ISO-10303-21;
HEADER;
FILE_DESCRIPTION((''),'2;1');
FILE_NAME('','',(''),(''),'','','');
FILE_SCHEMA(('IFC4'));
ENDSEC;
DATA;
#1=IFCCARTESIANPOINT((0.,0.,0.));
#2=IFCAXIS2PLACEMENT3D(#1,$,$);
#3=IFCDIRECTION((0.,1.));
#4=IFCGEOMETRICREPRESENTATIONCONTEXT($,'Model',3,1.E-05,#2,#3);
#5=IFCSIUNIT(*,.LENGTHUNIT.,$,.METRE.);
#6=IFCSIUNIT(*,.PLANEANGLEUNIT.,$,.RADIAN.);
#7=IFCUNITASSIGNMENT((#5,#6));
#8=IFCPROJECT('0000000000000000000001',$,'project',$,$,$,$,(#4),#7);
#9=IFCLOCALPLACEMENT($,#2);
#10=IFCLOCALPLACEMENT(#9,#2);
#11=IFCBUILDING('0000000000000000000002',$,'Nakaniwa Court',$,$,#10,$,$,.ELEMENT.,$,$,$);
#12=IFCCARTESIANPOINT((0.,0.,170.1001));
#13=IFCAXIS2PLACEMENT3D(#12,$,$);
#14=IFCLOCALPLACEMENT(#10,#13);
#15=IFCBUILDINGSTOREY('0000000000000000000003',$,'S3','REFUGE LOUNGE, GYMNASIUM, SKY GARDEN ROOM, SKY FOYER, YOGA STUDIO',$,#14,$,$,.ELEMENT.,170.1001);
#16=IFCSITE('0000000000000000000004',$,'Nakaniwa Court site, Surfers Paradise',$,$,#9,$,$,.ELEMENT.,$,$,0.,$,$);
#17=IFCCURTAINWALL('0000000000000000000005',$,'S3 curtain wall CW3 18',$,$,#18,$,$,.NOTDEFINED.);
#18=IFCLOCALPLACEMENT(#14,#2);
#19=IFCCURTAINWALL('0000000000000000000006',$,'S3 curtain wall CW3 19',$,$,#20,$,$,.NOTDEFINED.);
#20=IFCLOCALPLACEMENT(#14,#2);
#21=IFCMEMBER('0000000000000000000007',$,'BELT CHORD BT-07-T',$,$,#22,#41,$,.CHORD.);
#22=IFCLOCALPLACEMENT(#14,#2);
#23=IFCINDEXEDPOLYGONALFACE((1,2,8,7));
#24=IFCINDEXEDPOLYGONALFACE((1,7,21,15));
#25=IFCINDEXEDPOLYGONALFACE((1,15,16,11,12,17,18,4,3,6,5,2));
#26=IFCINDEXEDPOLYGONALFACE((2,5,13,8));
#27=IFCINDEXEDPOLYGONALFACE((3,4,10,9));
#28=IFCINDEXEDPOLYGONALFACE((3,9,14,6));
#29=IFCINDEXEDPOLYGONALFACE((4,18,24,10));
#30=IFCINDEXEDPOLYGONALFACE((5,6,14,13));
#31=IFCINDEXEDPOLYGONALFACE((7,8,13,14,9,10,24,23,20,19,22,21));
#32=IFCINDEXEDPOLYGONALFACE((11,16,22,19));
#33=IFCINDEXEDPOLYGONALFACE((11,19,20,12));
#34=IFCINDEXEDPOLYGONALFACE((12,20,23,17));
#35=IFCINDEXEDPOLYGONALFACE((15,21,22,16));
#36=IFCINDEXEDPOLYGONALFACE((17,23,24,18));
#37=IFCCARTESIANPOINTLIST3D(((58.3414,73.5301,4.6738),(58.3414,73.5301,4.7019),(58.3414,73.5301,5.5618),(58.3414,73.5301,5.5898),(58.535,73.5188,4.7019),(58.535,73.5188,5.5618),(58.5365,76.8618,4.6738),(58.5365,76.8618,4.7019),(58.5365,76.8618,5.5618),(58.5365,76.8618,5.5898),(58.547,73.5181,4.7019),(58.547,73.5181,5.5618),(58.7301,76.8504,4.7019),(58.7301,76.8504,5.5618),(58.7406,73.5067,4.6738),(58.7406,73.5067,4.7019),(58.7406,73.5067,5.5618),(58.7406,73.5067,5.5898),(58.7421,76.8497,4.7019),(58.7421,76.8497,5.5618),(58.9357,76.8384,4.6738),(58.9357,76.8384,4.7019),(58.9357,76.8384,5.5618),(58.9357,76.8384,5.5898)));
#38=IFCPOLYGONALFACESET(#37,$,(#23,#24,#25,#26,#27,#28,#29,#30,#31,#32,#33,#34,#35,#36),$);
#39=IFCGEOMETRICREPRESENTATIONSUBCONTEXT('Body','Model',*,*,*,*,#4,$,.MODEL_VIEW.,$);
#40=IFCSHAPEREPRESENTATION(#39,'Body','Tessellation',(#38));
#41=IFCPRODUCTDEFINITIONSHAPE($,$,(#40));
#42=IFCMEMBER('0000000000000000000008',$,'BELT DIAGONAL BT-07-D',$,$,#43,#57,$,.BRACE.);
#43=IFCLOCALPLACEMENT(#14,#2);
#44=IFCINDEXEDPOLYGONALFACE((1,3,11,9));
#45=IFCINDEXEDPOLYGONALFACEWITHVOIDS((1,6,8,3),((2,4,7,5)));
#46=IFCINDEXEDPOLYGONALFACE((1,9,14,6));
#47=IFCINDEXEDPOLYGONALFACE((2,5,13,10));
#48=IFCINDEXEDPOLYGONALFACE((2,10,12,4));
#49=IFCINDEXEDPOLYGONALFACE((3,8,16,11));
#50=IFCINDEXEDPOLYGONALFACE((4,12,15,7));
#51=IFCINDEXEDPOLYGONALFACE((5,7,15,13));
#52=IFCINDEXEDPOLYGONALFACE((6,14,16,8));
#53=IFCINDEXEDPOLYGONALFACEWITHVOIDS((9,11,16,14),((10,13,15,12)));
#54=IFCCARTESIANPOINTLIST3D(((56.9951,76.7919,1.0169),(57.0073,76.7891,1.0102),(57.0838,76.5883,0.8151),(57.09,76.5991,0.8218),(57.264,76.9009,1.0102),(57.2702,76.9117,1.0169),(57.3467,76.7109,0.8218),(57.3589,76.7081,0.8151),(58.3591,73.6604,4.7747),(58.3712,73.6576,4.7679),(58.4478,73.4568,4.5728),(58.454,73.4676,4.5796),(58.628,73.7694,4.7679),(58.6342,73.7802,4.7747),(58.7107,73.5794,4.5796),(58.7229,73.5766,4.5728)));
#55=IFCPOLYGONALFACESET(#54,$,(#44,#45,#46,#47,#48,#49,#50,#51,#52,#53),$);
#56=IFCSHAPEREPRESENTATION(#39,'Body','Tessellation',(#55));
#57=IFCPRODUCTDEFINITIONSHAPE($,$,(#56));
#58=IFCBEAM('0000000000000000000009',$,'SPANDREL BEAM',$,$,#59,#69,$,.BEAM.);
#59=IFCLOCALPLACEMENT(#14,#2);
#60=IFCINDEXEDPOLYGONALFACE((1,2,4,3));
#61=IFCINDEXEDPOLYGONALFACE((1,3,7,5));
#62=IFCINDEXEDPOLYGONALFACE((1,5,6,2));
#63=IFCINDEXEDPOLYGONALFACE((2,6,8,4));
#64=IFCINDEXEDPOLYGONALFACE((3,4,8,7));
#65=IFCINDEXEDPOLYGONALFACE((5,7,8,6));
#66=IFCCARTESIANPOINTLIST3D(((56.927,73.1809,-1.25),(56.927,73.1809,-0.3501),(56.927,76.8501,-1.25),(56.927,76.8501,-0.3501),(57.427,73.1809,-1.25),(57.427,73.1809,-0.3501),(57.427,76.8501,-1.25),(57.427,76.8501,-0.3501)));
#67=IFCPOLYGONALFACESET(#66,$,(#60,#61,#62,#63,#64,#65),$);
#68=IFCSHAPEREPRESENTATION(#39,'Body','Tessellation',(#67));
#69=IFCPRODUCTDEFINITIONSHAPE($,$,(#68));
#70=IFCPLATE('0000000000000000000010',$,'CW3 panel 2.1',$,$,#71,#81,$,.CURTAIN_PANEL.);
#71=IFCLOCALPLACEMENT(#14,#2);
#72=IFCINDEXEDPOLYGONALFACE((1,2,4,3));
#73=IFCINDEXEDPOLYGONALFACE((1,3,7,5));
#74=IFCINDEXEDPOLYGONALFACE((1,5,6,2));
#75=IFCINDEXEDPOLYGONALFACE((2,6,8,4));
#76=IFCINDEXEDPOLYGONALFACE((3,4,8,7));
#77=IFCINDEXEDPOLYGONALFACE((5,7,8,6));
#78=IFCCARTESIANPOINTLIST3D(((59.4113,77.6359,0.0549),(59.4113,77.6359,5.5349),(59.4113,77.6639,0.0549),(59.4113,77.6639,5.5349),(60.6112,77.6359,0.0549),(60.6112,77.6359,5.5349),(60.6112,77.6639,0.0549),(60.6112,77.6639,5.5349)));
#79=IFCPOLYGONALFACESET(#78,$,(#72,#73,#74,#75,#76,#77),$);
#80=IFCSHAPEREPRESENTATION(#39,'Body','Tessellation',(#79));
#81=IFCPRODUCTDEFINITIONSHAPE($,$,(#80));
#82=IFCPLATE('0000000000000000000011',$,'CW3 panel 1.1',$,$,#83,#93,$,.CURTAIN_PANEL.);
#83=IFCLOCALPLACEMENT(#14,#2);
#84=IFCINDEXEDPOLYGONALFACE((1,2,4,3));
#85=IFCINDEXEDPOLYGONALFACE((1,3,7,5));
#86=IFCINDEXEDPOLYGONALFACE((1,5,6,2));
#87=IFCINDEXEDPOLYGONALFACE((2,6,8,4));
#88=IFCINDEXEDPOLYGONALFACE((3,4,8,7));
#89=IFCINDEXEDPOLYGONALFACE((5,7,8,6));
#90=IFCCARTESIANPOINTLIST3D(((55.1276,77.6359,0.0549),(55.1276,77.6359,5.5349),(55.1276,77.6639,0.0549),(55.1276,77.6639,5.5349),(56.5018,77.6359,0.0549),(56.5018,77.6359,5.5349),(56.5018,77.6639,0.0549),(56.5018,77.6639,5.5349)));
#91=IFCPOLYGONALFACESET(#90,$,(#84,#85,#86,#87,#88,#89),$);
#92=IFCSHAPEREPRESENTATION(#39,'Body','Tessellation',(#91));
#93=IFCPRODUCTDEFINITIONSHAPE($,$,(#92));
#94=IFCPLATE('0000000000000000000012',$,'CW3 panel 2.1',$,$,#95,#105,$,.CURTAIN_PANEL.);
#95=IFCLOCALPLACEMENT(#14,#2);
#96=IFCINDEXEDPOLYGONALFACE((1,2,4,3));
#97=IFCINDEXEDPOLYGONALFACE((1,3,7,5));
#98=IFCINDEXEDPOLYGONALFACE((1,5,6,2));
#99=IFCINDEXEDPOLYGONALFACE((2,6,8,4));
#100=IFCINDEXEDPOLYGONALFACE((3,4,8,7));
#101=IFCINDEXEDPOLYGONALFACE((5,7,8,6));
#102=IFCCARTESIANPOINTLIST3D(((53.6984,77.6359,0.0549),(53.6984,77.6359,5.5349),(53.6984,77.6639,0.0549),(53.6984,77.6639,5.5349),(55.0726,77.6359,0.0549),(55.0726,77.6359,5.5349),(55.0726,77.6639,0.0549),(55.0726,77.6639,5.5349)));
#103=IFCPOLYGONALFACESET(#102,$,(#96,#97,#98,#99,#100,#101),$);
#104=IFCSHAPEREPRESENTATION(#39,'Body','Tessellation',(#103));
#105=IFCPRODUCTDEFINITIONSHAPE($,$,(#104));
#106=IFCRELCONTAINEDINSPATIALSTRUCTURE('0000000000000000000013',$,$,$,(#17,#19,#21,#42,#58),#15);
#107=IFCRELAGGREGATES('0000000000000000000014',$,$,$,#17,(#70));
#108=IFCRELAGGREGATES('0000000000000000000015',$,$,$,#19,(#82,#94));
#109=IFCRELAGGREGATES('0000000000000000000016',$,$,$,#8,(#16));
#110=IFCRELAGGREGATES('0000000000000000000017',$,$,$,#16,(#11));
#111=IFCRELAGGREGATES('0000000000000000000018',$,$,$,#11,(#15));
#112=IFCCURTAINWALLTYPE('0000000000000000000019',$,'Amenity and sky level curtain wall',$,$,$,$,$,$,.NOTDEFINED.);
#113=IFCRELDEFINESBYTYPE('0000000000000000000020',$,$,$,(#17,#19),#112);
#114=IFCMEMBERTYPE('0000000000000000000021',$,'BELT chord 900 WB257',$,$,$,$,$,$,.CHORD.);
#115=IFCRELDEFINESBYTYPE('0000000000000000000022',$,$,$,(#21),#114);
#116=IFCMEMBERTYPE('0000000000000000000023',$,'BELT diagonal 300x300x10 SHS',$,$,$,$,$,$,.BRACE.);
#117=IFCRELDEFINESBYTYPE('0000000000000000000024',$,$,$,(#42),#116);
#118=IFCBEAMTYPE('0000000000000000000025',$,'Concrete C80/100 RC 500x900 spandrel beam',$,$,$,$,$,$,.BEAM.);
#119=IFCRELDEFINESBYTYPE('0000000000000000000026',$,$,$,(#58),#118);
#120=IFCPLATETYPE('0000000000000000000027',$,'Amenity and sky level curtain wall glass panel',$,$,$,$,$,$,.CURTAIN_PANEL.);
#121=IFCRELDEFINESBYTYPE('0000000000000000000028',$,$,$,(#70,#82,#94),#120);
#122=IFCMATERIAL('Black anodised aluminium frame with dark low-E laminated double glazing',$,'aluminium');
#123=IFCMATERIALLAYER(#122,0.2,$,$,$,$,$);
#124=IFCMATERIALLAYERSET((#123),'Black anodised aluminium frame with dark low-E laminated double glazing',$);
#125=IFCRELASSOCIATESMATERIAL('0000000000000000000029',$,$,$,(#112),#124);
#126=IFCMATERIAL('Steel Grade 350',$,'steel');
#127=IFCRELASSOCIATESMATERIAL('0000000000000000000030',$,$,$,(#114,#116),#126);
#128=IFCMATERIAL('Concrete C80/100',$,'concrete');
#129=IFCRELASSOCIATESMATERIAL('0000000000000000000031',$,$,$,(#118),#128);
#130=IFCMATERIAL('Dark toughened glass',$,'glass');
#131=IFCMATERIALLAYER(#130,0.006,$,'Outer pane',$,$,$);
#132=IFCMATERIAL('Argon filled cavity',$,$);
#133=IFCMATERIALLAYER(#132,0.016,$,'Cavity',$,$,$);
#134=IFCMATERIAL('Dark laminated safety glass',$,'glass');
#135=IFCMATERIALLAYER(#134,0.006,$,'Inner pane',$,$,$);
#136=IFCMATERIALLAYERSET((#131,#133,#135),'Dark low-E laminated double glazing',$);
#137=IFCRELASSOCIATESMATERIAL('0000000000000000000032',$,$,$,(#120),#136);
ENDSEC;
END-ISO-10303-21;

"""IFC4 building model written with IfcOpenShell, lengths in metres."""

from ifc_helpers import new_model, si_unit, direction, frame, origin, origin_2d, place, context, subcontext, project, spatial, rectangle, hollow_rectangle, i_section, extrude, material, layer, layer_set, material_profile, profile_set, type_object, element, aggregate, save


model = new_model("IFC4")

# Units and contexts
model_context = context("Model", 3, precision=1e-05, world=origin(), true_north=direction((0.0, 1.0)))
body_context = subcontext(model_context, "Body", "Model", "MODEL_VIEW")
ifc_project = project(units=[si_unit("LENGTHUNIT", "METRE"), si_unit("PLANEANGLEUNIT", "RADIAN")], contexts=[model_context])

# Site, building, storey
site_placement = place(None, origin())
site = spatial("IfcSite", under=ifc_project, at=site_placement, Name="Nakaniwa Court site, Surfers Paradise", CompositionType="ELEMENT", RefElevation=0.0)
building_placement = place(site_placement, origin())
building = spatial("IfcBuilding", under=site, at=building_placement, Name="Nakaniwa Court", CompositionType="ELEMENT")
storey_placement = place(building_placement, frame((0.0, 0.0, 170.1001)))
storey = spatial("IfcBuildingStorey", under=building, at=storey_placement, Name="S3", Description="REFUGE LOUNGE, GYMNASIUM, SKY GARDEN ROOM, SKY FOYER, YOGA STUDIO", CompositionType="ELEMENT", Elevation=170.1001)

# Shared definitions
ifc_material_1 = material(Name="Concrete C80/100", Category="concrete")

# Curtain walls
ifc_material_2 = material(Name="Black anodised aluminium frame with dark low-E laminated double glazing", Category="aluminium")
ifc_layer_1 = layer(ifc_material_2, 0.2)
ifc_layer_set_1 = layer_set([ifc_layer_1], Name="Black anodised aluminium frame with dark low-E laminated double glazing")
curtain_wall_type = type_object("IfcCurtainWallType", Name="Amenity and sky level curtain wall", PredefinedType="NOTDEFINED", material=ifc_layer_set_1)
curtain_wall_1_placement = place(storey_placement, origin())
curtain_wall_1 = element("IfcCurtainWall", 1, at=curtain_wall_1_placement, inside=storey, type_object=curtain_wall_type, Name="S3 curtain wall CW3 18", PredefinedType="NOTDEFINED")
curtain_wall_2_placement = place(storey_placement, origin())
curtain_wall_2 = element("IfcCurtainWall", 2, at=curtain_wall_2_placement, inside=storey, type_object=curtain_wall_type, Name="S3 curtain wall CW3 19", PredefinedType="NOTDEFINED")

# Members
ifc_material_3 = material(Name="Steel Grade 350", Category="steel")
ifc_material_profile_1 = material_profile(ifc_material_3, i_section(OverallWidth=0.3999, OverallDepth=0.916, WebThickness=0.012, FlangeThickness=0.0281, at=origin_2d()), Name="900WB257")
ifc_profile_set_1 = profile_set([ifc_material_profile_1], Name="Steel Grade 350")
member_type_1 = type_object("IfcMemberType", Name="BELT chord 900 WB257", PredefinedType="CHORD", material=ifc_profile_set_1)
member_1_placement = place(storey_placement, frame((58.7361, 76.8501, 5.1318), z_axis=(-0.058448, -0.99829, 0.0), x_axis=(0.99829, -0.058448, 0.0)))
element("IfcMember", 3, at=member_1_placement, inside=storey, type_object=member_type_1, Name="BELT CHORD BT-07-T", PredefinedType="CHORD", context=body_context, shape_type="SweptSolid", body=[
    extrude(i_section(OverallWidth=0.3999, OverallDepth=0.916, WebThickness=0.012, FlangeThickness=0.0281, at=origin_2d()), origin(), (0.0, 0.0, 1.0), 3.3374),
])
ifc_material_profile_2 = material_profile(ifc_material_3, hollow_rectangle(XDim=0.3, YDim=0.3, WallThickness=0.01, at=origin_2d()), Name="BELT diagonal 300x300x10 SHS")
ifc_profile_set_2 = profile_set([ifc_material_profile_2], Name="Steel Grade 350")
member_type_2 = type_object("IfcMemberType", Name="BELT diagonal 300x300x10 SHS", PredefinedType="BRACE", material=ifc_profile_set_2)
member_2_placement = place(storey_placement, frame((57.177, 76.75, 0.916), z_axis=(0.2686, -0.616668, 0.739983), x_axis=(0.916807, 0.39933, 0.0)))
element("IfcMember", 4, at=member_2_placement, inside=storey, type_object=member_type_2, Name="BELT DIAGONAL BT-07-D", PredefinedType="BRACE", context=body_context, shape_type="SweptSolid", body=[
    extrude(hollow_rectangle(XDim=0.3, YDim=0.3, WallThickness=0.01, at=origin_2d()), origin(), (0.0, 0.0, 1.0), 5.0781),
])

# Beam
ifc_material_profile_3 = material_profile(ifc_material_1, rectangle(XDim=0.5, YDim=0.8999, at=origin_2d()), Name="Concrete C80/100 RC 500x900 spandrel beam")
ifc_profile_set_3 = profile_set([ifc_material_profile_3], Name="Concrete C80/100")
beam_type = type_object("IfcBeamType", Name="Concrete C80/100 RC 500x900 spandrel beam", PredefinedType="BEAM", material=ifc_profile_set_3)
beam_placement = place(storey_placement, frame((57.177, 76.8501, -0.8), z_axis=(0.0, -1.0, 0.0), x_axis=(1.0, 0.0, 0.0)))
element("IfcBeam", 5, at=beam_placement, inside=storey, type_object=beam_type, Name="SPANDREL BEAM", PredefinedType="BEAM", context=body_context, shape_type="SweptSolid", body=[
    extrude(rectangle(XDim=0.5, YDim=0.8999, at=origin_2d()), origin(), (0.0, 0.0, 1.0), 3.6692),
])

# Plates
ifc_material_4 = material(Name="Dark toughened glass", Category="glass")
ifc_layer_2 = layer(ifc_material_4, 0.006, Name="Outer pane")
ifc_material_5 = material(Name="Argon filled cavity")
ifc_layer_3 = layer(ifc_material_5, 0.016, Name="Cavity")
ifc_material_6 = material(Name="Dark laminated safety glass", Category="glass")
ifc_layer_4 = layer(ifc_material_6, 0.006, Name="Inner pane")
ifc_layer_set_2 = layer_set([ifc_layer_2, ifc_layer_3, ifc_layer_4], Name="Dark low-E laminated double glazing")
plate_type = type_object("IfcPlateType", Name="Amenity and sky level curtain wall glass panel", PredefinedType="CURTAIN_PANEL", material=ifc_layer_set_2)
plate_1_placement = place(storey_placement, frame((60.0112, 77.6499, 0.0549), z_axis=(0.0, 0.0, 1.0), x_axis=(-1.0, 0.0, 0.0)))
plate_1 = element("IfcPlate", 6, at=plate_1_placement, type_object=plate_type, Name="CW3 panel 2.1", PredefinedType="CURTAIN_PANEL", context=body_context, shape_type="SweptSolid", body=[
    extrude(rectangle(XDim=1.2, YDim=0.0281, at=origin_2d()), origin(), (0.0, 0.0, 1.0), 5.48),
])
aggregate(curtain_wall_1, [plate_1])
plate_2_placement = place(storey_placement, frame((55.8147, 77.6499, 0.0549), z_axis=(0.0, 0.0, 1.0), x_axis=(-1.0, 0.0, 0.0)))
plate_2 = element("IfcPlate", 7, at=plate_2_placement, type_object=plate_type, Name="CW3 panel 1.1", PredefinedType="CURTAIN_PANEL", context=body_context, shape_type="SweptSolid", body=[
    extrude(rectangle(XDim=1.3743, YDim=0.0281, at=origin_2d()), origin(), (0.0, 0.0, 1.0), 5.48),
])
plate_3_placement = place(storey_placement, frame((54.3855, 77.6499, 0.0549), z_axis=(0.0, 0.0, 1.0), x_axis=(-1.0, 0.0, 0.0)))
plate_3 = element("IfcPlate", 8, at=plate_3_placement, type_object=plate_type, Name="CW3 panel 2.1", PredefinedType="CURTAIN_PANEL", context=body_context, shape_type="SweptSolid", body=[
    extrude(rectangle(XDim=1.3743, YDim=0.0281, at=origin_2d()), origin(), (0.0, 0.0, 1.0), 5.48),
])
aggregate(curtain_wall_2, [plate_2, plate_3])

save(model, "model.ifc")
